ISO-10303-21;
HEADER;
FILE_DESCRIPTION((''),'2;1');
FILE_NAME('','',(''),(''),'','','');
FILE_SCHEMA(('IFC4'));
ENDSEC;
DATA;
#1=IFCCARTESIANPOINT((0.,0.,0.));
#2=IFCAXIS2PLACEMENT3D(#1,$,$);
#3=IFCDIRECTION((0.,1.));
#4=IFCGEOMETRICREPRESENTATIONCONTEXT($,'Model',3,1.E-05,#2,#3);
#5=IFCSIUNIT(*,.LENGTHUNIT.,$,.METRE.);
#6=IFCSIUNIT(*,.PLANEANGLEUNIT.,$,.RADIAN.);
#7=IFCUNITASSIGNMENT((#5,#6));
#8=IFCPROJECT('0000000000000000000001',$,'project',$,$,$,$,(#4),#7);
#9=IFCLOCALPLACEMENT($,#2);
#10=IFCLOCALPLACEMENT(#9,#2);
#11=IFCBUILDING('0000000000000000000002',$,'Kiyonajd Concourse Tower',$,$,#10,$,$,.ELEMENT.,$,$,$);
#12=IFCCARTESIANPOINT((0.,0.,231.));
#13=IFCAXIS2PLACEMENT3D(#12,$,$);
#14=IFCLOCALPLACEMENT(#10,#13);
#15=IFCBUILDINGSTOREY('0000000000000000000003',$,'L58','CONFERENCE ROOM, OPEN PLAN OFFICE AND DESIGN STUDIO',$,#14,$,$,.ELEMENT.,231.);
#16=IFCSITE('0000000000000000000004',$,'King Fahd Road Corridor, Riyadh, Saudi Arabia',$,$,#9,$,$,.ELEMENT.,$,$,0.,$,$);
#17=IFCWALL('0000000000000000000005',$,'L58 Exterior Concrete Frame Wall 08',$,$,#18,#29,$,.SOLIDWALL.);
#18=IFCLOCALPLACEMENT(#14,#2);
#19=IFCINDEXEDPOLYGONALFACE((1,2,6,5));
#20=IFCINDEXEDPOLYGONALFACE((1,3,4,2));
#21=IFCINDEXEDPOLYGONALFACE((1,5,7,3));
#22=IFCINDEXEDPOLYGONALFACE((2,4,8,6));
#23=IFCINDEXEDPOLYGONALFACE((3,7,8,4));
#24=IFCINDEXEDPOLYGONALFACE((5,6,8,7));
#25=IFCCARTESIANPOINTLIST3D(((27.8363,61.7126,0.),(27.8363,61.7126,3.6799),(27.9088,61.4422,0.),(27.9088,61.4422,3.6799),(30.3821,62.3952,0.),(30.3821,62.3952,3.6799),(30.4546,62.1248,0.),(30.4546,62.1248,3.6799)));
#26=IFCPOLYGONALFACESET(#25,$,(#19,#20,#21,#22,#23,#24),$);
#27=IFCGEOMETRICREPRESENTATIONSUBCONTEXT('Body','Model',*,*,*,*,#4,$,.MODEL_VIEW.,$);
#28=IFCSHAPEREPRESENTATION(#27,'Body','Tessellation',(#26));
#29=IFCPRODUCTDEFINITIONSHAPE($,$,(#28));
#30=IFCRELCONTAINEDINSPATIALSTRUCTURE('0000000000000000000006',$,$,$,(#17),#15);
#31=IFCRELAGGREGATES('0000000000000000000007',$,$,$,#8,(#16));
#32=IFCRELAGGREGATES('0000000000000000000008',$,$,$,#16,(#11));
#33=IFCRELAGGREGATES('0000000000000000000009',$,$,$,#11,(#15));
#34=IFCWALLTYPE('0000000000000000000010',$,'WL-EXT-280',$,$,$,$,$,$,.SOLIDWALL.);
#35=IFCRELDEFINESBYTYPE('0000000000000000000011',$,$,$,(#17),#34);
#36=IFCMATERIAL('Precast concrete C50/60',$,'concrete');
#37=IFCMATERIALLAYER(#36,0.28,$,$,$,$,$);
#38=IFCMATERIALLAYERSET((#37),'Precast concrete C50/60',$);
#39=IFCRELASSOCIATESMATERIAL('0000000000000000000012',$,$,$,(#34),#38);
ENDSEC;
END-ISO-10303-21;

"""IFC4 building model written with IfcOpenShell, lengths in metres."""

from ifc_helpers import new_model, si_unit, direction, frame, frame_2d, origin, place, context, subcontext, project, spatial, rectangle, extrude, material, layer, layer_set, type_object, element, save


model = new_model("IFC4")

# Units and contexts
model_context = context("Model", 3, precision=1e-05, world=origin(), true_north=direction((0.0, 1.0)))
body_context = subcontext(model_context, "Body", "Model", "MODEL_VIEW")
ifc_project = project(units=[si_unit("LENGTHUNIT", "METRE"), si_unit("PLANEANGLEUNIT", "RADIAN")], contexts=[model_context])

# Site, building, storey
site_placement = place(None, origin())
site = spatial("IfcSite", under=ifc_project, at=site_placement, Name="King Fahd Road Corridor, Riyadh, Saudi Arabia", CompositionType="ELEMENT", RefElevation=0.0)
building_placement = place(site_placement, origin())
building = spatial("IfcBuilding", under=site, at=building_placement, Name="Kiyonajd Concourse Tower", CompositionType="ELEMENT")
storey_placement = place(building_placement, frame((0.0, 0.0, 231.0)))
storey = spatial("IfcBuildingStorey", under=building, at=storey_placement, Name="L58", Description="CONFERENCE ROOM, OPEN PLAN OFFICE AND DESIGN STUDIO", CompositionType="ELEMENT", Elevation=231.0)

# Wall
ifc_material_1 = material(Name="Precast concrete C50/60", Category="concrete")
ifc_layer_1 = layer(ifc_material_1, 0.28)
ifc_layer_set_1 = layer_set([ifc_layer_1], Name="Precast concrete C50/60")
wall_type = type_object("IfcWallType", Name="WL-EXT-280", PredefinedType="SOLIDWALL", material=ifc_layer_set_1)
wall_1_placement = place(storey_placement, frame((27.8726, 61.5774, 0.0), z_axis=(0.0, 0.0, 1.0), x_axis=(0.965884, 0.258977, 0.0)))
element("IfcWall", 1, at=wall_1_placement, inside=storey, type_object=wall_type, Name="L58 Exterior Concrete Frame Wall 08", PredefinedType="SOLIDWALL", context=body_context, shape_type="SweptSolid", body=[
    extrude(rectangle(XDim=2.6357, YDim=0.28, at=frame_2d((1.3179, 0.0))), origin(), (0.0, 0.0, 1.0), 3.6799),
])

save(model, "model.ifc")
